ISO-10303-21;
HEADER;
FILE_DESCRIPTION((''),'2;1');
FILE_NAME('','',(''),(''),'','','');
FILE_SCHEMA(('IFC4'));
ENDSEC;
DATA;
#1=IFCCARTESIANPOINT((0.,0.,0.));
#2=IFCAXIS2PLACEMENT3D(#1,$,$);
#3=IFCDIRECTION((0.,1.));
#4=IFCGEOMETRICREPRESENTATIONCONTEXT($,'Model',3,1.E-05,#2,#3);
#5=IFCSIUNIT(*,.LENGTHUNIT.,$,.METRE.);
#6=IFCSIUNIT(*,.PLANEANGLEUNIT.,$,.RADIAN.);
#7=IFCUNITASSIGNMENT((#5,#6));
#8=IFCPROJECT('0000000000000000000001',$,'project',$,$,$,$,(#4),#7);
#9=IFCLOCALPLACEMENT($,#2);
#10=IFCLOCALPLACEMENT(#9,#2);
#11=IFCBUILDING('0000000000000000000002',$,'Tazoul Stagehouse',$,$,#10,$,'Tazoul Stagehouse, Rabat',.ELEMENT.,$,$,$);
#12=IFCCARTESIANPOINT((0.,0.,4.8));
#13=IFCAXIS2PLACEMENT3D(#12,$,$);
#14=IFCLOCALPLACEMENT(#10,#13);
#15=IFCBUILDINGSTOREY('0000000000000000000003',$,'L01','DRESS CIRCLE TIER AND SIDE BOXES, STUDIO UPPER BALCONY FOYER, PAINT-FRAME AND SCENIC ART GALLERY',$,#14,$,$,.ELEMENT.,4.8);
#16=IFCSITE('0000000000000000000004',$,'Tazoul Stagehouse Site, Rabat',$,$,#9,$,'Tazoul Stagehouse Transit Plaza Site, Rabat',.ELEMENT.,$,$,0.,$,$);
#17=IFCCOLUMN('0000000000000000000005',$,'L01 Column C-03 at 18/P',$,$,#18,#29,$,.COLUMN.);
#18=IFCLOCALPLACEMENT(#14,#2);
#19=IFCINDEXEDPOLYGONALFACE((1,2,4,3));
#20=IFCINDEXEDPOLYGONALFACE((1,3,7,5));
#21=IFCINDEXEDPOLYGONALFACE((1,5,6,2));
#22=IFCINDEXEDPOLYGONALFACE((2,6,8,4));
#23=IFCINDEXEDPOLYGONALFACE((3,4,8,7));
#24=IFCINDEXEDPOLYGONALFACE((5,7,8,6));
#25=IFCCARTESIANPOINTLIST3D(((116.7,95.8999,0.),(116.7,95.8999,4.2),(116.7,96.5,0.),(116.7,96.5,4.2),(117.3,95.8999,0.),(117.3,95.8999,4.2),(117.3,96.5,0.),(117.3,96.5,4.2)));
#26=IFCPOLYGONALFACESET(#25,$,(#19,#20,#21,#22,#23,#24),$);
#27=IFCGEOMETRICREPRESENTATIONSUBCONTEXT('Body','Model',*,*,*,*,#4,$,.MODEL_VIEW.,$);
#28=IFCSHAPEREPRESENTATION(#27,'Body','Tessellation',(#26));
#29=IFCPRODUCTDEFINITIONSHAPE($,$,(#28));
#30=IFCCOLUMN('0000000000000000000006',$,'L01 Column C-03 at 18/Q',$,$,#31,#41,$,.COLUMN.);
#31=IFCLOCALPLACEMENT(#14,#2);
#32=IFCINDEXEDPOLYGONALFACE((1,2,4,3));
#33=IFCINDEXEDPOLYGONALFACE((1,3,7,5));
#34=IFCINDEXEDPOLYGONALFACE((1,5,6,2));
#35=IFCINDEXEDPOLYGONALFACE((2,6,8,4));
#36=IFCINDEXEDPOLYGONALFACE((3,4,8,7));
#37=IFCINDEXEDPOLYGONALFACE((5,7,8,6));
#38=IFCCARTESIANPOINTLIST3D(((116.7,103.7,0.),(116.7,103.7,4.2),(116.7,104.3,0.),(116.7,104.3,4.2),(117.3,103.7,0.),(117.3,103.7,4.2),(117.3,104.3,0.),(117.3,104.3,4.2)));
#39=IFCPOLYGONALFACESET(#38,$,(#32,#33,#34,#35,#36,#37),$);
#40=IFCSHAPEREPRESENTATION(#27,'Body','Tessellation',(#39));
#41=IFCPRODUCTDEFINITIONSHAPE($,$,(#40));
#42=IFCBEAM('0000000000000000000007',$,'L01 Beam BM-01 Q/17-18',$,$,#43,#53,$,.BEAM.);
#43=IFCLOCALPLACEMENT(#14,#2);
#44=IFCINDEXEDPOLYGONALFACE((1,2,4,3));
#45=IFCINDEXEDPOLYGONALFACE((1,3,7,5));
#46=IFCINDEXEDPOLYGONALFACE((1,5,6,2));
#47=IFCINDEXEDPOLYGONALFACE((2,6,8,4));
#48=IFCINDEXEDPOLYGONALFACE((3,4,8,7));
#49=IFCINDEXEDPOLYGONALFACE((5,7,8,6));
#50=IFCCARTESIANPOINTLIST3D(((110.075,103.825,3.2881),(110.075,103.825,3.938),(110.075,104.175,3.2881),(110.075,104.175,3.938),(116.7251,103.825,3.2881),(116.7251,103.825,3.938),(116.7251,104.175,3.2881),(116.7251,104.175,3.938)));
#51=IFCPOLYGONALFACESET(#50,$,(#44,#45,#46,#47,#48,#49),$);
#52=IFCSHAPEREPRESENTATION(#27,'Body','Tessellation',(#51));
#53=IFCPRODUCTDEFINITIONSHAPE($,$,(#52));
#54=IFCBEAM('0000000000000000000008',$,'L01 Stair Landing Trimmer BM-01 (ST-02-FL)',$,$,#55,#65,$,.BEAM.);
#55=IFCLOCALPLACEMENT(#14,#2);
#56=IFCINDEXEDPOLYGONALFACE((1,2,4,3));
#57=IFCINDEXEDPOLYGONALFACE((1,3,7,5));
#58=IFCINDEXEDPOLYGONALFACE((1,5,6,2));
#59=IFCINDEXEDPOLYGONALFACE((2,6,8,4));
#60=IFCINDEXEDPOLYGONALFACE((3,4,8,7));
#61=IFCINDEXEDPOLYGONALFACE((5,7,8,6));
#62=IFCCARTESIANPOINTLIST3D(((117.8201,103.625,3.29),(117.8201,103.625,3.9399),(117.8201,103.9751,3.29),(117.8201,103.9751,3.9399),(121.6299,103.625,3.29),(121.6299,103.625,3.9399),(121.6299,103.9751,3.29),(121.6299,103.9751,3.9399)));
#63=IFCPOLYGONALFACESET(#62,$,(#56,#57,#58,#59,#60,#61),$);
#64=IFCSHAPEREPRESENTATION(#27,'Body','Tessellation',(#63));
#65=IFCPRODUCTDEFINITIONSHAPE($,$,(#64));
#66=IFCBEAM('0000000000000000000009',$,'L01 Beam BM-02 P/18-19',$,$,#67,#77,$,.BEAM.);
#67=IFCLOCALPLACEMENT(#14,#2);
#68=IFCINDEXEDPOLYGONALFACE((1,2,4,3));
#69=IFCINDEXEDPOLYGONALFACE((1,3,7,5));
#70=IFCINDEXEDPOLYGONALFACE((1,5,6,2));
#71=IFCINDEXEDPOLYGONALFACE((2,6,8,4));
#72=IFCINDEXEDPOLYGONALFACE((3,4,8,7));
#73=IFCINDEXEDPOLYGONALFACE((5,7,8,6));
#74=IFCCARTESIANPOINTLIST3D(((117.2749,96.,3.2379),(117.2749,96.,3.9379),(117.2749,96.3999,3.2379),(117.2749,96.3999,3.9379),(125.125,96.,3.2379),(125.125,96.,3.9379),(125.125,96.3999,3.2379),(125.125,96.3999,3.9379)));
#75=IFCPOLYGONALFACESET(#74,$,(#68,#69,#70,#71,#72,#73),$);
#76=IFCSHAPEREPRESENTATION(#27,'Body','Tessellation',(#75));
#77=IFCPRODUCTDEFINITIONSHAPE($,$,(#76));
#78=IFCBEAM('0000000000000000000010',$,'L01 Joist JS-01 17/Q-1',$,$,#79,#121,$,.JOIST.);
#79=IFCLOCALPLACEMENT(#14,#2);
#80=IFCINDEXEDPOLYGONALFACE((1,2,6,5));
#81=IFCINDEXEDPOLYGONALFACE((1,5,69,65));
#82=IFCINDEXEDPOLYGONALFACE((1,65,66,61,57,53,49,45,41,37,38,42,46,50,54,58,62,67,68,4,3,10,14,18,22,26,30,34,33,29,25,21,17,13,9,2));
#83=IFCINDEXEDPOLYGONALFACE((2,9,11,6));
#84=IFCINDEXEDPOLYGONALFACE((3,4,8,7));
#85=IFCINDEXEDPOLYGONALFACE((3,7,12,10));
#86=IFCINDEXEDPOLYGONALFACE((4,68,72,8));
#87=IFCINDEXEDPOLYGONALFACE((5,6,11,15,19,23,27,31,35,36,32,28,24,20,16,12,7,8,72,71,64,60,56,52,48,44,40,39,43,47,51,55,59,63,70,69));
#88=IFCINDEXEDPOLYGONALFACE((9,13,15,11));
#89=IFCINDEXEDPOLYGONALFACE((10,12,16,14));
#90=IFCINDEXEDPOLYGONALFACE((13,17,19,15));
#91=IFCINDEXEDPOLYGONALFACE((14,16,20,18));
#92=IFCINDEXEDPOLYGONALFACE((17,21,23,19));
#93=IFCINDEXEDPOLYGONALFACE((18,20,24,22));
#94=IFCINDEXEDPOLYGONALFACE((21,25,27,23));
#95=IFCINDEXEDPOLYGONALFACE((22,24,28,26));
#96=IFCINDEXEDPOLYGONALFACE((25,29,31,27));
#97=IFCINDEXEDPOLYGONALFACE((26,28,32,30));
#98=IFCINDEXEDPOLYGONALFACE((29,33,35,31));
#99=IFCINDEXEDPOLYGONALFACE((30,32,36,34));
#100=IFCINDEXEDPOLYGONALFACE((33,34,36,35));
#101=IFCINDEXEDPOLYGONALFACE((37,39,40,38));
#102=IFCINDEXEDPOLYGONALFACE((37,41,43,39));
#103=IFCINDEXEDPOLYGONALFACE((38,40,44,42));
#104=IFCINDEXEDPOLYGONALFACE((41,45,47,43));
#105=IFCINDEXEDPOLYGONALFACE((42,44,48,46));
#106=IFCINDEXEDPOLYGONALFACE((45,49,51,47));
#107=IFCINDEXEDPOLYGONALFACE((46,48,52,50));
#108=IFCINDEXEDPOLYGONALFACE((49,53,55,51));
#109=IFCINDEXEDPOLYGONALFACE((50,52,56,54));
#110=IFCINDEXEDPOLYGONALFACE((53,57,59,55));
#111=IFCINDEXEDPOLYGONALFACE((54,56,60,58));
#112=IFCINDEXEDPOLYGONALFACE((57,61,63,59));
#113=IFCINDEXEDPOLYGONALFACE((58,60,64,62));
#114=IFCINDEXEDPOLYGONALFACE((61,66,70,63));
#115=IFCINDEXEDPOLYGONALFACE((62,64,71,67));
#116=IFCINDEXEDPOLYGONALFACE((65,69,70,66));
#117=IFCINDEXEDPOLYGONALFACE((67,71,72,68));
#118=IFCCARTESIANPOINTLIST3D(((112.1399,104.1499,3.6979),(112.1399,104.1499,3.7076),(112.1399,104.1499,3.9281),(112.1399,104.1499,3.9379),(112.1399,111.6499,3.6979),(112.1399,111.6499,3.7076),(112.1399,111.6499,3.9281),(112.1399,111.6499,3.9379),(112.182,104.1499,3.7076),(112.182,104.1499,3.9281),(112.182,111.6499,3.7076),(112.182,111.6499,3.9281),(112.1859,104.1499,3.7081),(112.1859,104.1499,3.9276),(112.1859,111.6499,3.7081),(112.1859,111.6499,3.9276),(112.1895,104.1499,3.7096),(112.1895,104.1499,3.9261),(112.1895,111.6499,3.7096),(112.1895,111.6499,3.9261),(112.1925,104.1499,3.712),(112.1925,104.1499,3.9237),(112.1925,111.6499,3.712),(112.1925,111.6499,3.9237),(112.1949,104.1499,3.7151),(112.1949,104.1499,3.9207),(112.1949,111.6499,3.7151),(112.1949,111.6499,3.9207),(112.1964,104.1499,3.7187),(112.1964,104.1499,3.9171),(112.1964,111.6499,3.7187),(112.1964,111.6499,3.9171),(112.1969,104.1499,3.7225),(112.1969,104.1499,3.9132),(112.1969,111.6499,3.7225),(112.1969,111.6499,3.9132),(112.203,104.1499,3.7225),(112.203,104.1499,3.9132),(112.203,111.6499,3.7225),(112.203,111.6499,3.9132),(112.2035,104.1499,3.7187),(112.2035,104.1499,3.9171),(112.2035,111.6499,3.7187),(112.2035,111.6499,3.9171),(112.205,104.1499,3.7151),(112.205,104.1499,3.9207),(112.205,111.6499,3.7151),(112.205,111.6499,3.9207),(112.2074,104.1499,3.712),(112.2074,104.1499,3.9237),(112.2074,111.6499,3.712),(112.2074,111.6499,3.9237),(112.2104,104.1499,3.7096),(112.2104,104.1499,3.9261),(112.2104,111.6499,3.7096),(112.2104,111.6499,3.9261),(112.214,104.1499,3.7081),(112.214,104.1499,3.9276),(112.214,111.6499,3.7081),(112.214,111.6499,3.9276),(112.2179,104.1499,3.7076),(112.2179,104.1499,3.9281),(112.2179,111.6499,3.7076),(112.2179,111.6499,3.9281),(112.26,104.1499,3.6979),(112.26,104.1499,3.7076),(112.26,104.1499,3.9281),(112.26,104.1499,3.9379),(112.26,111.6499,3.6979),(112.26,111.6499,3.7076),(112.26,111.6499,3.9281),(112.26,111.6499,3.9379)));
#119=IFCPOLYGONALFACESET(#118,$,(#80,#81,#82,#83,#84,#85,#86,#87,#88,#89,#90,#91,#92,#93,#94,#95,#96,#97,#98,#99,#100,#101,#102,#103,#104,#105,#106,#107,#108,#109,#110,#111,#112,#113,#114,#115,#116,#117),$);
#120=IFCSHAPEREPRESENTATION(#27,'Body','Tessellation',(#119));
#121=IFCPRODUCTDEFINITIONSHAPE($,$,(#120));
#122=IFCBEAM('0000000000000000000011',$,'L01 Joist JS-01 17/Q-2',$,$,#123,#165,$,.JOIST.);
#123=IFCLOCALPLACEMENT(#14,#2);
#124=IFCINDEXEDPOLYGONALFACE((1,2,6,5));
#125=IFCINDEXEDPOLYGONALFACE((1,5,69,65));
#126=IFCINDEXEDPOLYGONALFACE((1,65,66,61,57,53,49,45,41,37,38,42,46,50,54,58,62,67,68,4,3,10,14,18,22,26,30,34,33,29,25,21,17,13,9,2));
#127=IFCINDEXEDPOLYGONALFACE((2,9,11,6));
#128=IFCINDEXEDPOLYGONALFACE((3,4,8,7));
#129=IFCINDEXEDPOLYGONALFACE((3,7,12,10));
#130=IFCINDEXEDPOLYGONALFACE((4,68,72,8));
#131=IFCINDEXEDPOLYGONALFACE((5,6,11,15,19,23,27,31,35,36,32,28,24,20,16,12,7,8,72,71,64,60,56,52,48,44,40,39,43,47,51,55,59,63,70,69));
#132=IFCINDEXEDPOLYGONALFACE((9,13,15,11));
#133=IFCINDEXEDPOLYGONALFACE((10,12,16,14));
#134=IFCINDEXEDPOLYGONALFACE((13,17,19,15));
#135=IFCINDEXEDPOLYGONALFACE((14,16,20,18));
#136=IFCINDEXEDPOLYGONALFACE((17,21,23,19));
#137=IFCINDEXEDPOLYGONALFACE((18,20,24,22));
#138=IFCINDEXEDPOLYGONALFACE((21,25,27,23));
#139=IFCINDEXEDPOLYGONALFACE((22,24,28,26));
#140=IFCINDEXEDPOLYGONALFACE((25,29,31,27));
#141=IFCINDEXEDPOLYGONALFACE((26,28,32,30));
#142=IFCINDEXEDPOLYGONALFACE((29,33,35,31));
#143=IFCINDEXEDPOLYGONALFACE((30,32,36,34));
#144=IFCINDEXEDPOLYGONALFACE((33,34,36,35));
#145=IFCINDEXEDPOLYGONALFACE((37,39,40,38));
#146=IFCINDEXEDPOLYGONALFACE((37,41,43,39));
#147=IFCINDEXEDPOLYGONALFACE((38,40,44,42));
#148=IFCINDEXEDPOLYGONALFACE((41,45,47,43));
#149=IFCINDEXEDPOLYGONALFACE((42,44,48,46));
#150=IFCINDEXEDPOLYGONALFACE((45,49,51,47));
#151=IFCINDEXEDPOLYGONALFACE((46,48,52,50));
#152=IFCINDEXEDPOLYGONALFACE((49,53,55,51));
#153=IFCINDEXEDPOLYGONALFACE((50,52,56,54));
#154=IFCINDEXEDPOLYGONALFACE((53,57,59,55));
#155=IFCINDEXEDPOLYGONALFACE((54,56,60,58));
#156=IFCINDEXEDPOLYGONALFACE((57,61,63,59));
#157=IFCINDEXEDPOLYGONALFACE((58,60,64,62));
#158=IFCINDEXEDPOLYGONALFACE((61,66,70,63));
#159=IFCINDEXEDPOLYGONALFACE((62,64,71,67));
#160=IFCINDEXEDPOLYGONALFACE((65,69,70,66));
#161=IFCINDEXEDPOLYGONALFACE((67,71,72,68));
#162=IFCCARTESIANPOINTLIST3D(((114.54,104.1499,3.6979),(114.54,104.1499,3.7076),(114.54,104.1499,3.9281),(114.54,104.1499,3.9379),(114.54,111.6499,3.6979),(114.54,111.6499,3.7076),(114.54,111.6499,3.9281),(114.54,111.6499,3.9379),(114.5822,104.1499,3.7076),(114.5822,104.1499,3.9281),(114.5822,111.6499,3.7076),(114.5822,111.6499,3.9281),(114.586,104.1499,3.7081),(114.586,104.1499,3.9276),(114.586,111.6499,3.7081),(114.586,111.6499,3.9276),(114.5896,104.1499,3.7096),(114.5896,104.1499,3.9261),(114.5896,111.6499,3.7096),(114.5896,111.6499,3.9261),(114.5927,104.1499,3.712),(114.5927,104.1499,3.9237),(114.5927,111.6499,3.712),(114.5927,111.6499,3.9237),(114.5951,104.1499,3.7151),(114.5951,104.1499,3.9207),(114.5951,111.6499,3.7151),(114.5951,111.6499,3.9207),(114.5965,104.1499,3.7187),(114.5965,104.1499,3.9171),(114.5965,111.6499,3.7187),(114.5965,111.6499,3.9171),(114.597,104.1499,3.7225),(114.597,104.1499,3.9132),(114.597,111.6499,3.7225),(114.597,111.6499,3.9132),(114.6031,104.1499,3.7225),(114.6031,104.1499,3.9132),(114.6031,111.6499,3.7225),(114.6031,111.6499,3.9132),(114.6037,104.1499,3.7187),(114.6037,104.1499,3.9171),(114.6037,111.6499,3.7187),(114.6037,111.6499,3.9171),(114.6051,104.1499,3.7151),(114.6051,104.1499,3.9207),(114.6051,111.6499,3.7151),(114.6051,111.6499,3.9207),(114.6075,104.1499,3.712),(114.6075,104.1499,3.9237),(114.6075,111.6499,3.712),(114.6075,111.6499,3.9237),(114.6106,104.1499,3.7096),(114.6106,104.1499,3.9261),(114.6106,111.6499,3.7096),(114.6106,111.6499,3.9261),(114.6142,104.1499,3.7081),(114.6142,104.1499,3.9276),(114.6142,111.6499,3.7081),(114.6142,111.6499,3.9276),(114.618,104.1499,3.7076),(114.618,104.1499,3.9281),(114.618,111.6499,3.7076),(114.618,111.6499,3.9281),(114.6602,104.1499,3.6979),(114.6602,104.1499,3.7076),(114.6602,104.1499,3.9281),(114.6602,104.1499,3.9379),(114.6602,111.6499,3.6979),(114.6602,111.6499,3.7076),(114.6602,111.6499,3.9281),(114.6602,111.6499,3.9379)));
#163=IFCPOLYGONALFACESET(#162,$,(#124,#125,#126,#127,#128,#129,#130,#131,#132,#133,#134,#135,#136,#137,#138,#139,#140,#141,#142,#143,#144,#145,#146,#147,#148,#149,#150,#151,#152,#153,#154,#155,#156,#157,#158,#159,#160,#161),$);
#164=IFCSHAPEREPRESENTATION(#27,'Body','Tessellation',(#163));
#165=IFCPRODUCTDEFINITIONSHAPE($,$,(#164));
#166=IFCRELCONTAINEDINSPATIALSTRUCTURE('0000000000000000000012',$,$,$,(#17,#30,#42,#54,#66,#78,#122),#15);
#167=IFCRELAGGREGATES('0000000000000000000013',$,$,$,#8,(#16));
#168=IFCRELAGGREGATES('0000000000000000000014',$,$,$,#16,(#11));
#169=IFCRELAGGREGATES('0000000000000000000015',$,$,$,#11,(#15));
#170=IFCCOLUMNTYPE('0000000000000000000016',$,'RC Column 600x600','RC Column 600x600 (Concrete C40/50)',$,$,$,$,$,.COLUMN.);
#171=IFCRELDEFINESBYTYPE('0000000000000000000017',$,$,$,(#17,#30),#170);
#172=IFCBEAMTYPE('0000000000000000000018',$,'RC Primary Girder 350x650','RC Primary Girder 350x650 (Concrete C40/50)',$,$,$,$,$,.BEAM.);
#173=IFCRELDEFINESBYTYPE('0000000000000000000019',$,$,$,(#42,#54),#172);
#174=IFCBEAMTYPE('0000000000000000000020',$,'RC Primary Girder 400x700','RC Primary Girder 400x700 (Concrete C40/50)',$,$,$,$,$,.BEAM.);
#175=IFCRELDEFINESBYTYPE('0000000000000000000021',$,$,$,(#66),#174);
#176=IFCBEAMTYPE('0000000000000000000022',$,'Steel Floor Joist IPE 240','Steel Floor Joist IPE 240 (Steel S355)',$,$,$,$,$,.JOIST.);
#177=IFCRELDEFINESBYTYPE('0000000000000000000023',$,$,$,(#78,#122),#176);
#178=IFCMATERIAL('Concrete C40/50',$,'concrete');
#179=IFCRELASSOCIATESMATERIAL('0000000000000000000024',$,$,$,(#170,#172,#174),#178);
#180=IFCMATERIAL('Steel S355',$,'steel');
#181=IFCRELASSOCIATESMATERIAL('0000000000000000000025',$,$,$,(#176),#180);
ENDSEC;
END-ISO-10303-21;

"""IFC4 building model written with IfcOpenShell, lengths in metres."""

from ifc_helpers import new_model, si_unit, direction, frame, origin, origin_2d, place, context, subcontext, project, spatial, rectangle, i_section, extrude, material, material_profile, profile_set, type_object, element, save


model = new_model("IFC4")

# Units and contexts
model_context = context("Model", 3, precision=1e-05, world=origin(), true_north=direction((0.0, 1.0)))
body_context = subcontext(model_context, "Body", "Model", "MODEL_VIEW")
ifc_project = project(units=[si_unit("LENGTHUNIT", "METRE"), si_unit("PLANEANGLEUNIT", "RADIAN")], contexts=[model_context])

# Site, building, storey
site_placement = place(None, origin())
site = spatial("IfcSite", under=ifc_project, at=site_placement, Name="Tazoul Stagehouse Site, Rabat", LongName="Tazoul Stagehouse Transit Plaza Site, Rabat", CompositionType="ELEMENT", RefElevation=0.0)
building_placement = place(site_placement, origin())
building = spatial("IfcBuilding", under=site, at=building_placement, Name="Tazoul Stagehouse", LongName="Tazoul Stagehouse, Rabat", CompositionType="ELEMENT")
storey_placement = place(building_placement, frame((0.0, 0.0, 4.8)))
storey = spatial("IfcBuildingStorey", under=building, at=storey_placement, Name="L01", Description="DRESS CIRCLE TIER AND SIDE BOXES, STUDIO UPPER BALCONY FOYER, PAINT-FRAME AND SCENIC ART GALLERY", CompositionType="ELEMENT", Elevation=4.8)

# Columns
ifc_material_1 = material(Name="Concrete C40/50", Category="concrete")
ifc_material_profile_1 = material_profile(ifc_material_1, rectangle(XDim=0.6001, YDim=0.6001, at=origin_2d()), Name="RC 600x600")
ifc_profile_set_1 = profile_set([ifc_material_profile_1], Name="Concrete C40/50")
column_type = type_object("IfcColumnType", Name="RC Column 600x600", Description="RC Column 600x600 (Concrete C40/50)", PredefinedType="COLUMN", material=ifc_profile_set_1)
for number, where, z_axis, x_axis, name in (
    (1, (117.0, 96.2, 0.0), (0.0, 0.0, 1.0), (1.0, 0.0, 0.0), "L01 Column C-03 at 18/P"),
    (2, (117.0, 104.0, 0.0), (0.0, 0.0, 1.0), (1.0, 0.0, 0.0), "L01 Column C-03 at 18/Q"),
):
    element("IfcColumn", number, at=place(storey_placement, frame(where, z_axis=z_axis, x_axis=x_axis)), inside=storey, type_object=column_type, Name=name, PredefinedType="COLUMN", context=body_context, shape_type="SweptSolid", body=[
        extrude(rectangle(XDim=0.6001, YDim=0.6001, at=origin_2d()), origin(), (0.0, 0.0, 1.0), 4.2),
    ])

# Beams
ifc_material_profile_2 = material_profile(ifc_material_1, rectangle(XDim=0.3501, YDim=0.6499, at=origin_2d()), Name="RC 350x650")
ifc_profile_set_2 = profile_set([ifc_material_profile_2], Name="Concrete C40/50")
beam_type_1 = type_object("IfcBeamType", Name="RC Primary Girder 350x650", Description="RC Primary Girder 350x650 (Concrete C40/50)", PredefinedType="BEAM", material=ifc_profile_set_2)
beam_1_placement = place(storey_placement, frame((110.075, 104.0, 3.613), z_axis=(1.0, 0.0, 0.0), x_axis=(0.0, 1.0, 0.0)))
element("IfcBeam", 3, at=beam_1_placement, inside=storey, type_object=beam_type_1, Name="L01 Beam BM-01 Q/17-18", PredefinedType="BEAM", context=body_context, shape_type="SweptSolid", body=[
    extrude(rectangle(XDim=0.3501, YDim=0.6499, at=origin_2d()), origin(), (0.0, 0.0, 1.0), 6.6501),
])
beam_2_placement = place(storey_placement, frame((117.8201, 103.8, 3.615), z_axis=(1.0, 0.0, 0.0), x_axis=(0.0, 1.0, 0.0)))
element("IfcBeam", 4, at=beam_2_placement, inside=storey, type_object=beam_type_1, Name="L01 Stair Landing Trimmer BM-01 (ST-02-FL)", PredefinedType="BEAM", context=body_context, shape_type="SweptSolid", body=[
    extrude(rectangle(XDim=0.3501, YDim=0.6499, at=origin_2d()), origin(), (0.0, 0.0, 1.0), 3.8098),
])
ifc_material_profile_3 = material_profile(ifc_material_1, rectangle(XDim=0.3999, YDim=0.7, at=origin_2d()), Name="RC 400x700")
ifc_profile_set_3 = profile_set([ifc_material_profile_3], Name="Concrete C40/50")
beam_type_2 = type_object("IfcBeamType", Name="RC Primary Girder 400x700", Description="RC Primary Girder 400x700 (Concrete C40/50)", PredefinedType="BEAM", material=ifc_profile_set_3)
beam_3_placement = place(storey_placement, frame((117.2749, 96.2, 3.5879), z_axis=(1.0, 0.0, 0.0), x_axis=(0.0, 1.0, 0.0)))
element("IfcBeam", 5, at=beam_3_placement, inside=storey, type_object=beam_type_2, Name="L01 Beam BM-02 P/18-19", PredefinedType="BEAM", context=body_context, shape_type="SweptSolid", body=[
    extrude(rectangle(XDim=0.3999, YDim=0.7, at=origin_2d()), origin(), (0.0, 0.0, 1.0), 7.8501),
])
ifc_material_2 = material(Name="Steel S355", Category="steel")
ifc_material_profile_4 = material_profile(ifc_material_2, i_section(OverallWidth=0.1201, OverallDepth=0.24, WebThickness=0.0061, FlangeThickness=0.0098, FilletRadius=0.0149, at=origin_2d()), Name="IPE 240")
ifc_profile_set_4 = profile_set([ifc_material_profile_4], Name="Steel S355")
beam_type_3 = type_object("IfcBeamType", Name="Steel Floor Joist IPE 240", Description="Steel Floor Joist IPE 240 (Steel S355)", PredefinedType="JOIST", material=ifc_profile_set_4)
for number, where, z_axis, x_axis, name in (
    (6, (112.2, 104.1499, 3.8179), (0.0, 1.0, 0.0), (-1.0, 0.0, 0.0), "L01 Joist JS-01 17/Q-1"),
    (7, (114.6001, 104.1499, 3.8179), (0.0, 1.0, 0.0), (-1.0, 0.0, 0.0), "L01 Joist JS-01 17/Q-2"),
):
    element("IfcBeam", number, at=place(storey_placement, frame(where, z_axis=z_axis, x_axis=x_axis)), inside=storey, type_object=beam_type_3, Name=name, PredefinedType="JOIST", context=body_context, shape_type="SweptSolid", body=[
        extrude(i_section(OverallWidth=0.1201, OverallDepth=0.24, WebThickness=0.0061, FlangeThickness=0.0098, FilletRadius=0.0149, at=origin_2d()), origin(), (0.0, 0.0, 1.0), 7.5),
    ])

save(model, "model.ifc")
